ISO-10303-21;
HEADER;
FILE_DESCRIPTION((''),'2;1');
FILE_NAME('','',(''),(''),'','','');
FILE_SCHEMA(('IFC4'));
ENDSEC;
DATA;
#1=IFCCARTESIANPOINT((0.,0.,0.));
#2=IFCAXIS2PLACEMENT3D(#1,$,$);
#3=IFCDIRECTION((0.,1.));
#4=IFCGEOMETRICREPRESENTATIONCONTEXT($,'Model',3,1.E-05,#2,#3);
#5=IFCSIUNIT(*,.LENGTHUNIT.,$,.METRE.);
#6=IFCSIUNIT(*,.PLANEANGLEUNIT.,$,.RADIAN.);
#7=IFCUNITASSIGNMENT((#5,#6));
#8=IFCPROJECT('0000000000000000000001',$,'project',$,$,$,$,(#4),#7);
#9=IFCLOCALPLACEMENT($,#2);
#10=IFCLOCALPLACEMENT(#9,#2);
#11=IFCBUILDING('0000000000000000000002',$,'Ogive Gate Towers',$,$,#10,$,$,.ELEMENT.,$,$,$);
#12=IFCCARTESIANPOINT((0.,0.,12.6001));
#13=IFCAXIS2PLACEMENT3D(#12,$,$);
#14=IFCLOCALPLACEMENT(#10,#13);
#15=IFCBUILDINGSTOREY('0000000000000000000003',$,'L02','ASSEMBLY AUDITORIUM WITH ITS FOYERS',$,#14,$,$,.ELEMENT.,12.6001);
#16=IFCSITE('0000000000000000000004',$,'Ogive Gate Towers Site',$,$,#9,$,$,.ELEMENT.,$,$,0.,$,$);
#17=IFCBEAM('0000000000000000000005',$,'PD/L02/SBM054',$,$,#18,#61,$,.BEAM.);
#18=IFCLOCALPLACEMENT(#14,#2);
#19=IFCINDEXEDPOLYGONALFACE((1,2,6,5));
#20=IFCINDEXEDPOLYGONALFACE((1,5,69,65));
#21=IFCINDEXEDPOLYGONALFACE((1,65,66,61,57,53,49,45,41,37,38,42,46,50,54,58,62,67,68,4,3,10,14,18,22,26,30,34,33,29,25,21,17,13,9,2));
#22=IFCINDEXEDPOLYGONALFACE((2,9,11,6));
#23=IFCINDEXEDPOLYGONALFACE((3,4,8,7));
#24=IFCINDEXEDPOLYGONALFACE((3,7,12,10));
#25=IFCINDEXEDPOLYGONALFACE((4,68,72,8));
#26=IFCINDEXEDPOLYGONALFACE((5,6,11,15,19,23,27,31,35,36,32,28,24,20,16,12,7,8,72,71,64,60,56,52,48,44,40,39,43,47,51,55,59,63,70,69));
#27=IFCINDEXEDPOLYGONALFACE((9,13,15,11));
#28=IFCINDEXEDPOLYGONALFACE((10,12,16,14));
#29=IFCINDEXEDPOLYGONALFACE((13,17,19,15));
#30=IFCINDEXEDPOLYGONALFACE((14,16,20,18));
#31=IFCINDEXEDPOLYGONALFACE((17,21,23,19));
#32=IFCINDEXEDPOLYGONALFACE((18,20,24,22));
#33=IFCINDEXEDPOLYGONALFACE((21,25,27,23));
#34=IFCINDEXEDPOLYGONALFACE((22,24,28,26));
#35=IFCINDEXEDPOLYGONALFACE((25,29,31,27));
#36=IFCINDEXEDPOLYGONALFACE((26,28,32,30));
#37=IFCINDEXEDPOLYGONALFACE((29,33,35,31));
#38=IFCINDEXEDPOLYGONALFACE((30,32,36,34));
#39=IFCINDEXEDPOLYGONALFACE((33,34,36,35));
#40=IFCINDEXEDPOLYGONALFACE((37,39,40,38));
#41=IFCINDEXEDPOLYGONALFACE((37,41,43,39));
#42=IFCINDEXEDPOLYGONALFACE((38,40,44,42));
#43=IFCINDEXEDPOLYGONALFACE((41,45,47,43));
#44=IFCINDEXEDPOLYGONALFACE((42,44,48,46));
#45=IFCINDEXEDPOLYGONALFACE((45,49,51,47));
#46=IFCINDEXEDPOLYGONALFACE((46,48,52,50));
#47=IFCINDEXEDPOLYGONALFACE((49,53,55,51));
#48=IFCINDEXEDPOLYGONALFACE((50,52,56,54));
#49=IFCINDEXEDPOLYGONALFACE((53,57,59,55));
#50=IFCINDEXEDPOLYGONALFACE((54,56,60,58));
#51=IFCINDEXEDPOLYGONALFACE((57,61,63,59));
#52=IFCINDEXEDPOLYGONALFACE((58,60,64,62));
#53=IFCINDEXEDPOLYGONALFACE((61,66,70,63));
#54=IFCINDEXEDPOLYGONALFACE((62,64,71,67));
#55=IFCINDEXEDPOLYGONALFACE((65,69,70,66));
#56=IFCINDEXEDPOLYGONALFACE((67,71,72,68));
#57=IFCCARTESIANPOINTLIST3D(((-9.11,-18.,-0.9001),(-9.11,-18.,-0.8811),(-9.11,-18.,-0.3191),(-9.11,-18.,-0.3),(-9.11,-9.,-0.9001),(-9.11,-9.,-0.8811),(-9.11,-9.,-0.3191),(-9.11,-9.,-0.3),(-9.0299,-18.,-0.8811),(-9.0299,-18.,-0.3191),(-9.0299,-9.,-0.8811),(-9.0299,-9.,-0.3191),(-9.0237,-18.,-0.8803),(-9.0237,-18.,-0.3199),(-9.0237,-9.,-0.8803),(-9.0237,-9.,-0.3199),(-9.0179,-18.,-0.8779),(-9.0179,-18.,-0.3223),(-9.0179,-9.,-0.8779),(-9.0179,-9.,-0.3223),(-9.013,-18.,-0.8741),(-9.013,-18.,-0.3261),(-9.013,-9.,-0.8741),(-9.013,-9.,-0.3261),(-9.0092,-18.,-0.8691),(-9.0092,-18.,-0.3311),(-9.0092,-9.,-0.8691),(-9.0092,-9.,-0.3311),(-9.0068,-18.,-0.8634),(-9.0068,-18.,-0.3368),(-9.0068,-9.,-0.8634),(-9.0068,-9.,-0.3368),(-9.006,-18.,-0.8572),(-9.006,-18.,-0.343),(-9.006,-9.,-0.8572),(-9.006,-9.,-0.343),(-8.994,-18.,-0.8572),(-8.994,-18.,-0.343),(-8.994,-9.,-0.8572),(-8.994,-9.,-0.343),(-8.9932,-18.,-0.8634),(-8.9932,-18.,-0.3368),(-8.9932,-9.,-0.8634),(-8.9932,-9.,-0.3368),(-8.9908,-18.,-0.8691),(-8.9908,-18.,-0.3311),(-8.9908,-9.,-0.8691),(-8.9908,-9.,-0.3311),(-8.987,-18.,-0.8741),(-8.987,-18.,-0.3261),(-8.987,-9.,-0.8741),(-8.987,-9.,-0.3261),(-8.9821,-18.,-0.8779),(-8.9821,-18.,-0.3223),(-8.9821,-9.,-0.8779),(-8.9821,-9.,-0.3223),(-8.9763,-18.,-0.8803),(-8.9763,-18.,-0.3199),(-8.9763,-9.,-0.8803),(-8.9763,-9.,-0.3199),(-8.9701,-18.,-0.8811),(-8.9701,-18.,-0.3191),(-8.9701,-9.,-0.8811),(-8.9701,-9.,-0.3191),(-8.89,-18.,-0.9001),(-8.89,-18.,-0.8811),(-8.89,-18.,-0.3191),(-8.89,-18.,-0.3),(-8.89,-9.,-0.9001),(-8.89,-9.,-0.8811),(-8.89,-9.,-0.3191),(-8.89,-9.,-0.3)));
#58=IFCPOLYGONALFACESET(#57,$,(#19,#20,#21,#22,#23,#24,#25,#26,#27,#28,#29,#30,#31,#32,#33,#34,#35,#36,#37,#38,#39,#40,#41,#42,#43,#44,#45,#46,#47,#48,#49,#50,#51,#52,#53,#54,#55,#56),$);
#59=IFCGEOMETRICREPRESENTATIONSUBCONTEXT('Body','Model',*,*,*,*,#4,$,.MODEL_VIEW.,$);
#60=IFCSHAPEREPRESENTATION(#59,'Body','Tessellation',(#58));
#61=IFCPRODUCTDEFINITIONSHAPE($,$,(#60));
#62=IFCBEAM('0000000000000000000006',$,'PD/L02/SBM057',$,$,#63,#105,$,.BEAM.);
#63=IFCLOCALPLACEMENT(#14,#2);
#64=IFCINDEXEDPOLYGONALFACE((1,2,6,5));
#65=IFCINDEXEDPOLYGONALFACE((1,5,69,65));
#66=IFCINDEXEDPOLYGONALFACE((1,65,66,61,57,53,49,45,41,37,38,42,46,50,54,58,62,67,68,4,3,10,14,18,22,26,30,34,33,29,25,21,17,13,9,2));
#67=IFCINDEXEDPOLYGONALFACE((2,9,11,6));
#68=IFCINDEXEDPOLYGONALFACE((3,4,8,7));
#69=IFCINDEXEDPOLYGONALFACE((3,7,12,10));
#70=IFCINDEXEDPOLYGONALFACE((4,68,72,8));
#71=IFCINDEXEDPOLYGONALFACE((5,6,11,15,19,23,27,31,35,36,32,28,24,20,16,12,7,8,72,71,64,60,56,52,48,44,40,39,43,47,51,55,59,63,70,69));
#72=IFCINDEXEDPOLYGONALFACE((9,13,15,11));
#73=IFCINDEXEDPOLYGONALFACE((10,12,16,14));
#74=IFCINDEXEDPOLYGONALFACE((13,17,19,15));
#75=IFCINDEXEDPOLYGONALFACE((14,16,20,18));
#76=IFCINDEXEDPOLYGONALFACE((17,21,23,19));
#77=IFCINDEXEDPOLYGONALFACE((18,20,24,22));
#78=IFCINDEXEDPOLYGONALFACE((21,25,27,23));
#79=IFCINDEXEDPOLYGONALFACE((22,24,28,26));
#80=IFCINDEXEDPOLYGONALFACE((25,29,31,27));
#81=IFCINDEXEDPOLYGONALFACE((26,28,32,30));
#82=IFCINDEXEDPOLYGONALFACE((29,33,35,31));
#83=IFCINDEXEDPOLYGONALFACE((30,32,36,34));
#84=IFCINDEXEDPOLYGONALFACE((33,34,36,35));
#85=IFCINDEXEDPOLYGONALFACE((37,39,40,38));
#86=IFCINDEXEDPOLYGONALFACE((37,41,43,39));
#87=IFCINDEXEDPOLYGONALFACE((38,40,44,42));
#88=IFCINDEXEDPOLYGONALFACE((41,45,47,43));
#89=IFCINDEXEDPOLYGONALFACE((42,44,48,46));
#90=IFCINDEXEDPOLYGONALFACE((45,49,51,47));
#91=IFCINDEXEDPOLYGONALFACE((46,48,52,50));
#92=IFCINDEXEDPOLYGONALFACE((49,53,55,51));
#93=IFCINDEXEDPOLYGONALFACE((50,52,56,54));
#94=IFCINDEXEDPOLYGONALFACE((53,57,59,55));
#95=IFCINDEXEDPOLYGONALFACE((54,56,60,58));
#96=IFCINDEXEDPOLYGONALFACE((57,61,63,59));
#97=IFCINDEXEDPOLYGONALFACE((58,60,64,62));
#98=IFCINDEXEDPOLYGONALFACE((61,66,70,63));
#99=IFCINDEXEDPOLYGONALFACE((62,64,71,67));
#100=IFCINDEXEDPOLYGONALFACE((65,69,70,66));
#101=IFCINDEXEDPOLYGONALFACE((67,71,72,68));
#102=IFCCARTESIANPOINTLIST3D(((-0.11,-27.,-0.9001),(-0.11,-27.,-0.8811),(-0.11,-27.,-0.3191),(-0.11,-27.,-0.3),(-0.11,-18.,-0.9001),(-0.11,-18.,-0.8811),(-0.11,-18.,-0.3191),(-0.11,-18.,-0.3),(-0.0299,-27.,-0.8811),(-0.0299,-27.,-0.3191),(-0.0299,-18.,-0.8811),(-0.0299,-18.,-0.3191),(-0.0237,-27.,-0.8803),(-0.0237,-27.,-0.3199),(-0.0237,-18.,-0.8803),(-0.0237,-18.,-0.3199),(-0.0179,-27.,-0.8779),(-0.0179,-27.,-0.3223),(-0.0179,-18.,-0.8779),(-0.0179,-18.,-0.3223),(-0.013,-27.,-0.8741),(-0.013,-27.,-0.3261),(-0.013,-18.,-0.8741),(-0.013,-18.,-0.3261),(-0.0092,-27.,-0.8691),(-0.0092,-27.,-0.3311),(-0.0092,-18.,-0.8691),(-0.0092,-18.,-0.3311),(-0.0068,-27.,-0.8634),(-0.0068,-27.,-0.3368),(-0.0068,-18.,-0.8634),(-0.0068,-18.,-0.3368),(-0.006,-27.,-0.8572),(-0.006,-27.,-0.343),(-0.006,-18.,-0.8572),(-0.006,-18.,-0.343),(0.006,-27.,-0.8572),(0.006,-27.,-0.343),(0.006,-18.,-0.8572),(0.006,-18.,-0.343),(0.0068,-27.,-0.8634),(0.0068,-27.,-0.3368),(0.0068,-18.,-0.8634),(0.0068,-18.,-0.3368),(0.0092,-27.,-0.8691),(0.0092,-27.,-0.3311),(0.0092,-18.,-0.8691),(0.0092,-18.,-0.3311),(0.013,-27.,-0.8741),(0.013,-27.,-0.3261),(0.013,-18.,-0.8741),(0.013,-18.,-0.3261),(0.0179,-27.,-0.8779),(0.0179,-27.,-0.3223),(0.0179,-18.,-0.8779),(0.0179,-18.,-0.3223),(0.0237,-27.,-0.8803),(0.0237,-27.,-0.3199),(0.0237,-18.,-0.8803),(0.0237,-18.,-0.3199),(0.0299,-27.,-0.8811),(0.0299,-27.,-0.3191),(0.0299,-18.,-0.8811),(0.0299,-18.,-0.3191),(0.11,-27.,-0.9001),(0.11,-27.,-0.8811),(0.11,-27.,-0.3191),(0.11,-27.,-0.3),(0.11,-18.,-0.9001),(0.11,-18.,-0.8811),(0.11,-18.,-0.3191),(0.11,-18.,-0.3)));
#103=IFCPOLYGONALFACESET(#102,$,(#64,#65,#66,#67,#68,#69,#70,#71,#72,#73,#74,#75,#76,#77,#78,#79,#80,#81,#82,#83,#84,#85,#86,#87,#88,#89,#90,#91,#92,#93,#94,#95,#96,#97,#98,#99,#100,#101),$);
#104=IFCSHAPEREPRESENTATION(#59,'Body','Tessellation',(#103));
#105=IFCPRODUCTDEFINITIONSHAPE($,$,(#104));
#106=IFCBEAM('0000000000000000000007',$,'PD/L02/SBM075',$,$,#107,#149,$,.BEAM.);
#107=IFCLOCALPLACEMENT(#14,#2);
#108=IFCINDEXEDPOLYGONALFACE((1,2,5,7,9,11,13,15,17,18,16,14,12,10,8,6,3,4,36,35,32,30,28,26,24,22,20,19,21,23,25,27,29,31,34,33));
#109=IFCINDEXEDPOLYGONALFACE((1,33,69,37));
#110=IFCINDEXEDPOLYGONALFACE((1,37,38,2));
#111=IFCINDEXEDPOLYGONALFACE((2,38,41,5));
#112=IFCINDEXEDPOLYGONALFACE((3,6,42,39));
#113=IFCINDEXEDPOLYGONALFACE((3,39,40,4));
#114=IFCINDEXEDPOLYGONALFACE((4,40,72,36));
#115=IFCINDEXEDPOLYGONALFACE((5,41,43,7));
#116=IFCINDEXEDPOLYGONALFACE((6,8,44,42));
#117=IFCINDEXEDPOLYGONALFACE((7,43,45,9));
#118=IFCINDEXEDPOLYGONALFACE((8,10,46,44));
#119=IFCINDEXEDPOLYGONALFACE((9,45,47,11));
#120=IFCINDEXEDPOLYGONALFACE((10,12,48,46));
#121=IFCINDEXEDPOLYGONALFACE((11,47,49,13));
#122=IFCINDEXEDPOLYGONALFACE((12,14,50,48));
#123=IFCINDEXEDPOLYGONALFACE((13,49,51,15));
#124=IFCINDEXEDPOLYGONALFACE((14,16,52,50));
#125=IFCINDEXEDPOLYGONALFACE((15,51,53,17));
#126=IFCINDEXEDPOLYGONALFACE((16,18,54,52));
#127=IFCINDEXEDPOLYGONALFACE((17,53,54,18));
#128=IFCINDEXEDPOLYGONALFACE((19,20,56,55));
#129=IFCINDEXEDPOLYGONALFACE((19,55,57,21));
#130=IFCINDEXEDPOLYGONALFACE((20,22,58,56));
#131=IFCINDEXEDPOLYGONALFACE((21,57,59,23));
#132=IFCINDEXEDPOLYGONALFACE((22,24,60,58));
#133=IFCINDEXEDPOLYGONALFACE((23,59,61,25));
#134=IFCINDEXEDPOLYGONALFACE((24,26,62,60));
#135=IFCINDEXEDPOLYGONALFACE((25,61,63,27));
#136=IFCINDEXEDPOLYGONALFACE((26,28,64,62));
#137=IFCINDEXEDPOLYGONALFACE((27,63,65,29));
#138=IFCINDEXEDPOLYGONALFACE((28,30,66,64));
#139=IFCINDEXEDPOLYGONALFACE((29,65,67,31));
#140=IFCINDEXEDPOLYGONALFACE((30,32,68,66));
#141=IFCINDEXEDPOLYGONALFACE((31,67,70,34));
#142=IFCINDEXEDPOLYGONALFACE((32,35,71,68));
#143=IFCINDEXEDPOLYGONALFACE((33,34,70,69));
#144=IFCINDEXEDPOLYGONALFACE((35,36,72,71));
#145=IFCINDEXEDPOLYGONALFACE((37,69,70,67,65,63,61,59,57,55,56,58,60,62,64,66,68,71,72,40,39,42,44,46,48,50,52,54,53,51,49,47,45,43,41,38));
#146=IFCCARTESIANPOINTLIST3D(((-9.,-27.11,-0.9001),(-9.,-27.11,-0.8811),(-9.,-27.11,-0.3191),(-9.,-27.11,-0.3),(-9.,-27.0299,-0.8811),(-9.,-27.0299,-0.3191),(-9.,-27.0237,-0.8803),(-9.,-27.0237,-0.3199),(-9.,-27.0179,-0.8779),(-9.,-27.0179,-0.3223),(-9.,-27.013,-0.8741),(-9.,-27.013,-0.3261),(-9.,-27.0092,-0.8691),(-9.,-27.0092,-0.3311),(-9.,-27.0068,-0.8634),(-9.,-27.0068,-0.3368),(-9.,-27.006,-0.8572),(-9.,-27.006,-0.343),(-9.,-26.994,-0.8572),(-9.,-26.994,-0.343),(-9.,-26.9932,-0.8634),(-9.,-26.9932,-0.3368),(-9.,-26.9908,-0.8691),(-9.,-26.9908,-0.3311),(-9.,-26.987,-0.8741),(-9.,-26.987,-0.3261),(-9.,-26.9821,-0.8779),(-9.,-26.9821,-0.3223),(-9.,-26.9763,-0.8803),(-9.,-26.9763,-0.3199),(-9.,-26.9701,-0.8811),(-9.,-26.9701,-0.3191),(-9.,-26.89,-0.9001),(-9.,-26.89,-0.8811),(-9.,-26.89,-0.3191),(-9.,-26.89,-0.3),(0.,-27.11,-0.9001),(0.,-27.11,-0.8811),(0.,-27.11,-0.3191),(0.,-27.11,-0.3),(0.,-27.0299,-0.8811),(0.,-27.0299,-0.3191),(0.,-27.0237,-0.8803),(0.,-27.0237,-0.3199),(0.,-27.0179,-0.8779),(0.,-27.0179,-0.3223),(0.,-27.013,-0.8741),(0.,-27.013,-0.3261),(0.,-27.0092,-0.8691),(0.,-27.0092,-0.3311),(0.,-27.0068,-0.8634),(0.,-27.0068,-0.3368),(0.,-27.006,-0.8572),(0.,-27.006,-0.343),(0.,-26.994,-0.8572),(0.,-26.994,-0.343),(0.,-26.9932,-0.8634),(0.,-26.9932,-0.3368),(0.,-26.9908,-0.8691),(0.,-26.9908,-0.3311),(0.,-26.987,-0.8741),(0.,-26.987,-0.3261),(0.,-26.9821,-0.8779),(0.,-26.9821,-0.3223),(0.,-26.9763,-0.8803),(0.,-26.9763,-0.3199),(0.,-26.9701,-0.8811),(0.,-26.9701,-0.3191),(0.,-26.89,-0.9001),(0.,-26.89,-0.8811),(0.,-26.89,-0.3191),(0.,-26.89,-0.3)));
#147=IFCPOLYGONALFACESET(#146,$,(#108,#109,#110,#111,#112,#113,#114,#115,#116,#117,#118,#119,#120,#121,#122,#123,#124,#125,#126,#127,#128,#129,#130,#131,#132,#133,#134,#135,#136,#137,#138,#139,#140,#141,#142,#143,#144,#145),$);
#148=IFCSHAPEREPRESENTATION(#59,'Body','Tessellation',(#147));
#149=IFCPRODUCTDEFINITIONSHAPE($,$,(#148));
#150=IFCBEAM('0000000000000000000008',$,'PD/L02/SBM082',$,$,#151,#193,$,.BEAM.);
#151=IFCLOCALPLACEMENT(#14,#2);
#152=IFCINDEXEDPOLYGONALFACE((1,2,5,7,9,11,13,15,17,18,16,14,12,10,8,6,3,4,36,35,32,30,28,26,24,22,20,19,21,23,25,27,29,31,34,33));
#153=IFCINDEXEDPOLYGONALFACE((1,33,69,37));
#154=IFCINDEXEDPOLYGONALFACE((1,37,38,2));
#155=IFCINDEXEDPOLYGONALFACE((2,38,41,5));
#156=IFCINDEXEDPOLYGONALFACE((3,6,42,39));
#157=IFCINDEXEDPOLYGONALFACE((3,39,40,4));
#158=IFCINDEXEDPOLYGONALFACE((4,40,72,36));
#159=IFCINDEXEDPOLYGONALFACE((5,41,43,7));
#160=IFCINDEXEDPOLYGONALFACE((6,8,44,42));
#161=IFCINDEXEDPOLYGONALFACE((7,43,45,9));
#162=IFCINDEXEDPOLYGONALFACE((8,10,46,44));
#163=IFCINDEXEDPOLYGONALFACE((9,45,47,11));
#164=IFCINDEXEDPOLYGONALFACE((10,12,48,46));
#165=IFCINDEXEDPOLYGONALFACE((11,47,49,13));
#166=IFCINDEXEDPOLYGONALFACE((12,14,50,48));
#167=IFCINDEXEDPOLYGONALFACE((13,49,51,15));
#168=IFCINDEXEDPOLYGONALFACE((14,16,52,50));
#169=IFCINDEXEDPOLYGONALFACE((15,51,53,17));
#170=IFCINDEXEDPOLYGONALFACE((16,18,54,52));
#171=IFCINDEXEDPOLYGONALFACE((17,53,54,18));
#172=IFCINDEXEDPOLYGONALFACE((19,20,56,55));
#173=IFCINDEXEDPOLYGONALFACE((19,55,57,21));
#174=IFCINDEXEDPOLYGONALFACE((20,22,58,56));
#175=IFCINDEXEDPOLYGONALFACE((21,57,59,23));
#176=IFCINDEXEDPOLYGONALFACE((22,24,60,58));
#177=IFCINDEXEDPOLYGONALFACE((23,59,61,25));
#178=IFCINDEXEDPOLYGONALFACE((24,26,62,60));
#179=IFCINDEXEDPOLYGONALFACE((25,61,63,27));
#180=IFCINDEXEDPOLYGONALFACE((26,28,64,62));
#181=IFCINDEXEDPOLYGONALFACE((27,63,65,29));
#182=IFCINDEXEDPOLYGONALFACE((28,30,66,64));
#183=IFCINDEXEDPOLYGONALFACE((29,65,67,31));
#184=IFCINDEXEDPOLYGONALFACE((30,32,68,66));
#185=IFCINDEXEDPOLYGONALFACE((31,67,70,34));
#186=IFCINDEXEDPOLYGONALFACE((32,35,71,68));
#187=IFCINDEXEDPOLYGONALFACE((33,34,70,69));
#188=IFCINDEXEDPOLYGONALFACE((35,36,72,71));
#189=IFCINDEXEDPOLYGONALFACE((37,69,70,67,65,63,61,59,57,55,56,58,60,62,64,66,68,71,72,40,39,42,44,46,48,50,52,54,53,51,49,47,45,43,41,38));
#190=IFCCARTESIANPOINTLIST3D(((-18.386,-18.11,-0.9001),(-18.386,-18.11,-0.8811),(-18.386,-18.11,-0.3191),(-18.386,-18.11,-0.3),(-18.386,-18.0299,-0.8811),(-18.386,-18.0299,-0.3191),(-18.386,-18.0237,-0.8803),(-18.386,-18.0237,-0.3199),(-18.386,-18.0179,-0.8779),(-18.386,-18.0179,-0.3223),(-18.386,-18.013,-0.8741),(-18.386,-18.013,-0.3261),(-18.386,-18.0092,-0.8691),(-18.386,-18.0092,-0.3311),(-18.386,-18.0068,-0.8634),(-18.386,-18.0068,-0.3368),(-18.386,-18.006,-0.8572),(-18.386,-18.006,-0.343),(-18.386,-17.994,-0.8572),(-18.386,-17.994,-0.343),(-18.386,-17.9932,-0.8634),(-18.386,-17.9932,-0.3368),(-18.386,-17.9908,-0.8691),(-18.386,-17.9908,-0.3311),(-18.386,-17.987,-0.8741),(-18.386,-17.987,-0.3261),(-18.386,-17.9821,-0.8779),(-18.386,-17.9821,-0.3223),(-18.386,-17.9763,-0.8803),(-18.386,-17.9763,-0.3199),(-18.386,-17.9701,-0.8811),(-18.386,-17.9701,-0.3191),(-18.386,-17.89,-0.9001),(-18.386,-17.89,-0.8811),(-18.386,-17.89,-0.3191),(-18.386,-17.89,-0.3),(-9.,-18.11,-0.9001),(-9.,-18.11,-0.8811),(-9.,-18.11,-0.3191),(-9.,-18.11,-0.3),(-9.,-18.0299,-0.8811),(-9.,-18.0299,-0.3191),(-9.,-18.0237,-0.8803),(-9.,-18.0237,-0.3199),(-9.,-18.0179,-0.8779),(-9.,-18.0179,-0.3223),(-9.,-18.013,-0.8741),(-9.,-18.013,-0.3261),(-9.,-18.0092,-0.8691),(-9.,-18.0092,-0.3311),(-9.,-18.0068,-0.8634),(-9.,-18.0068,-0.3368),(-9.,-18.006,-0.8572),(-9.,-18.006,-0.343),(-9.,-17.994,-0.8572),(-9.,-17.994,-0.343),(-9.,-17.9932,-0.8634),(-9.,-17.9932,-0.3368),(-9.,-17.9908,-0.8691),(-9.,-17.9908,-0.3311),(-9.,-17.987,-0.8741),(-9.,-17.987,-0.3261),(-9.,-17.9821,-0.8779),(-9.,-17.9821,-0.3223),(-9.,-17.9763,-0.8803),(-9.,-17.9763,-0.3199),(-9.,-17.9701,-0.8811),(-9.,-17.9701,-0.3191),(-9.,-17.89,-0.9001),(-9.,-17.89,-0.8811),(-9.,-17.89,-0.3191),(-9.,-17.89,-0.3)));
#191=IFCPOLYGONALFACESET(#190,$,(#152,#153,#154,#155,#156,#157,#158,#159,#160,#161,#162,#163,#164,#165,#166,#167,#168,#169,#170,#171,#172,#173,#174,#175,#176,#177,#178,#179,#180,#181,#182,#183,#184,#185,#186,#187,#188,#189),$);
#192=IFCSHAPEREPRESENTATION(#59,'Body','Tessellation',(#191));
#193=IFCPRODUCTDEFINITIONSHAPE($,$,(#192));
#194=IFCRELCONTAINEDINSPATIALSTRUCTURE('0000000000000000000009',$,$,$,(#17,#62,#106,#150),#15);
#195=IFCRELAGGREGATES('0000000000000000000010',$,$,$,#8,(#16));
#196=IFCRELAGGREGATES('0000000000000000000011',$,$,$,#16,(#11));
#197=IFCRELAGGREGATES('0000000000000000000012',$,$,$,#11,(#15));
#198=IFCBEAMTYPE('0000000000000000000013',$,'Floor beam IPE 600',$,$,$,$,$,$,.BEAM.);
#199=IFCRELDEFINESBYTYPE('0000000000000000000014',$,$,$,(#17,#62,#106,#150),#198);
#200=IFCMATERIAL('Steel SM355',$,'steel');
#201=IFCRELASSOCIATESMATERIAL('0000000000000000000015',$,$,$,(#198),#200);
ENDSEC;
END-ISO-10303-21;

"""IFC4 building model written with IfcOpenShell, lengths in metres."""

from ifc_helpers import new_model, si_unit, direction, frame, origin, origin_2d, place, context, subcontext, project, spatial, i_section, extrude, material, material_profile, profile_set, type_object, element, save


model = new_model("IFC4")

# Units and contexts
model_context = context("Model", 3, precision=1e-05, world=origin(), true_north=direction((0.0, 1.0)))
body_context = subcontext(model_context, "Body", "Model", "MODEL_VIEW")
ifc_project = project(units=[si_unit("LENGTHUNIT", "METRE"), si_unit("PLANEANGLEUNIT", "RADIAN")], contexts=[model_context])

# Site, building, storey
site_placement = place(None, origin())
site = spatial("IfcSite", under=ifc_project, at=site_placement, Name="Ogive Gate Towers Site", CompositionType="ELEMENT", RefElevation=0.0)
building_placement = place(site_placement, origin())
building = spatial("IfcBuilding", under=site, at=building_placement, Name="Ogive Gate Towers", CompositionType="ELEMENT")
storey_placement = place(building_placement, frame((0.0, 0.0, 12.6001)))
storey = spatial("IfcBuildingStorey", under=building, at=storey_placement, Name="L02", Description="ASSEMBLY AUDITORIUM WITH ITS FOYERS", CompositionType="ELEMENT", Elevation=12.6001)

# Beams
ifc_material_1 = material(Name="Steel SM355", Category="steel")
ifc_material_profile_1 = material_profile(ifc_material_1, i_section(OverallWidth=0.22, OverallDepth=0.6001, WebThickness=0.012, FlangeThickness=0.019, FilletRadius=0.0239, at=origin_2d()), Name="IPE 600")
ifc_profile_set_1 = profile_set([ifc_material_profile_1], Name="Steel SM355")
beam_type_1 = type_object("IfcBeamType", Name="Floor beam IPE 600", PredefinedType="BEAM", material=ifc_profile_set_1)
for number, where, z_axis, x_axis, name in (
    (1, (-9.0, -18.0, -0.6001), (0.0, 1.0, 0.0), (-1.0, 0.0, 0.0), "PD/L02/SBM054"),
    (2, (0.0, -27.0, -0.6001), (0.0, 1.0, 0.0), (-1.0, 0.0, 0.0), "PD/L02/SBM057"),
    (3, (-9.0, -27.0, -0.6001), (1.0, 0.0, 0.0), (0.0, 1.0, 0.0), "PD/L02/SBM075"),
):
    element("IfcBeam", number, at=place(storey_placement, frame(where, z_axis=z_axis, x_axis=x_axis)), inside=storey, type_object=beam_type_1, Name=name, PredefinedType="BEAM", context=body_context, shape_type="SweptSolid", body=[
        extrude(i_section(OverallWidth=0.22, OverallDepth=0.6001, WebThickness=0.012, FlangeThickness=0.019, FilletRadius=0.0239, at=origin_2d()), origin(), (0.0, 0.0, 1.0), 9.0),
    ])
beam_1_placement = place(storey_placement, frame((-18.386, -18.0, -0.6001), z_axis=(1.0, 0.0, 0.0), x_axis=(0.0, 1.0, 0.0)))
element("IfcBeam", 4, at=beam_1_placement, inside=storey, type_object=beam_type_1, Name="PD/L02/SBM082", PredefinedType="BEAM", context=body_context, shape_type="SweptSolid", body=[
    extrude(i_section(OverallWidth=0.22, OverallDepth=0.6001, WebThickness=0.012, FlangeThickness=0.019, FilletRadius=0.0239, at=origin_2d()), origin(), (0.0, 0.0, 1.0), 9.386),
])

save(model, "model.ifc")
